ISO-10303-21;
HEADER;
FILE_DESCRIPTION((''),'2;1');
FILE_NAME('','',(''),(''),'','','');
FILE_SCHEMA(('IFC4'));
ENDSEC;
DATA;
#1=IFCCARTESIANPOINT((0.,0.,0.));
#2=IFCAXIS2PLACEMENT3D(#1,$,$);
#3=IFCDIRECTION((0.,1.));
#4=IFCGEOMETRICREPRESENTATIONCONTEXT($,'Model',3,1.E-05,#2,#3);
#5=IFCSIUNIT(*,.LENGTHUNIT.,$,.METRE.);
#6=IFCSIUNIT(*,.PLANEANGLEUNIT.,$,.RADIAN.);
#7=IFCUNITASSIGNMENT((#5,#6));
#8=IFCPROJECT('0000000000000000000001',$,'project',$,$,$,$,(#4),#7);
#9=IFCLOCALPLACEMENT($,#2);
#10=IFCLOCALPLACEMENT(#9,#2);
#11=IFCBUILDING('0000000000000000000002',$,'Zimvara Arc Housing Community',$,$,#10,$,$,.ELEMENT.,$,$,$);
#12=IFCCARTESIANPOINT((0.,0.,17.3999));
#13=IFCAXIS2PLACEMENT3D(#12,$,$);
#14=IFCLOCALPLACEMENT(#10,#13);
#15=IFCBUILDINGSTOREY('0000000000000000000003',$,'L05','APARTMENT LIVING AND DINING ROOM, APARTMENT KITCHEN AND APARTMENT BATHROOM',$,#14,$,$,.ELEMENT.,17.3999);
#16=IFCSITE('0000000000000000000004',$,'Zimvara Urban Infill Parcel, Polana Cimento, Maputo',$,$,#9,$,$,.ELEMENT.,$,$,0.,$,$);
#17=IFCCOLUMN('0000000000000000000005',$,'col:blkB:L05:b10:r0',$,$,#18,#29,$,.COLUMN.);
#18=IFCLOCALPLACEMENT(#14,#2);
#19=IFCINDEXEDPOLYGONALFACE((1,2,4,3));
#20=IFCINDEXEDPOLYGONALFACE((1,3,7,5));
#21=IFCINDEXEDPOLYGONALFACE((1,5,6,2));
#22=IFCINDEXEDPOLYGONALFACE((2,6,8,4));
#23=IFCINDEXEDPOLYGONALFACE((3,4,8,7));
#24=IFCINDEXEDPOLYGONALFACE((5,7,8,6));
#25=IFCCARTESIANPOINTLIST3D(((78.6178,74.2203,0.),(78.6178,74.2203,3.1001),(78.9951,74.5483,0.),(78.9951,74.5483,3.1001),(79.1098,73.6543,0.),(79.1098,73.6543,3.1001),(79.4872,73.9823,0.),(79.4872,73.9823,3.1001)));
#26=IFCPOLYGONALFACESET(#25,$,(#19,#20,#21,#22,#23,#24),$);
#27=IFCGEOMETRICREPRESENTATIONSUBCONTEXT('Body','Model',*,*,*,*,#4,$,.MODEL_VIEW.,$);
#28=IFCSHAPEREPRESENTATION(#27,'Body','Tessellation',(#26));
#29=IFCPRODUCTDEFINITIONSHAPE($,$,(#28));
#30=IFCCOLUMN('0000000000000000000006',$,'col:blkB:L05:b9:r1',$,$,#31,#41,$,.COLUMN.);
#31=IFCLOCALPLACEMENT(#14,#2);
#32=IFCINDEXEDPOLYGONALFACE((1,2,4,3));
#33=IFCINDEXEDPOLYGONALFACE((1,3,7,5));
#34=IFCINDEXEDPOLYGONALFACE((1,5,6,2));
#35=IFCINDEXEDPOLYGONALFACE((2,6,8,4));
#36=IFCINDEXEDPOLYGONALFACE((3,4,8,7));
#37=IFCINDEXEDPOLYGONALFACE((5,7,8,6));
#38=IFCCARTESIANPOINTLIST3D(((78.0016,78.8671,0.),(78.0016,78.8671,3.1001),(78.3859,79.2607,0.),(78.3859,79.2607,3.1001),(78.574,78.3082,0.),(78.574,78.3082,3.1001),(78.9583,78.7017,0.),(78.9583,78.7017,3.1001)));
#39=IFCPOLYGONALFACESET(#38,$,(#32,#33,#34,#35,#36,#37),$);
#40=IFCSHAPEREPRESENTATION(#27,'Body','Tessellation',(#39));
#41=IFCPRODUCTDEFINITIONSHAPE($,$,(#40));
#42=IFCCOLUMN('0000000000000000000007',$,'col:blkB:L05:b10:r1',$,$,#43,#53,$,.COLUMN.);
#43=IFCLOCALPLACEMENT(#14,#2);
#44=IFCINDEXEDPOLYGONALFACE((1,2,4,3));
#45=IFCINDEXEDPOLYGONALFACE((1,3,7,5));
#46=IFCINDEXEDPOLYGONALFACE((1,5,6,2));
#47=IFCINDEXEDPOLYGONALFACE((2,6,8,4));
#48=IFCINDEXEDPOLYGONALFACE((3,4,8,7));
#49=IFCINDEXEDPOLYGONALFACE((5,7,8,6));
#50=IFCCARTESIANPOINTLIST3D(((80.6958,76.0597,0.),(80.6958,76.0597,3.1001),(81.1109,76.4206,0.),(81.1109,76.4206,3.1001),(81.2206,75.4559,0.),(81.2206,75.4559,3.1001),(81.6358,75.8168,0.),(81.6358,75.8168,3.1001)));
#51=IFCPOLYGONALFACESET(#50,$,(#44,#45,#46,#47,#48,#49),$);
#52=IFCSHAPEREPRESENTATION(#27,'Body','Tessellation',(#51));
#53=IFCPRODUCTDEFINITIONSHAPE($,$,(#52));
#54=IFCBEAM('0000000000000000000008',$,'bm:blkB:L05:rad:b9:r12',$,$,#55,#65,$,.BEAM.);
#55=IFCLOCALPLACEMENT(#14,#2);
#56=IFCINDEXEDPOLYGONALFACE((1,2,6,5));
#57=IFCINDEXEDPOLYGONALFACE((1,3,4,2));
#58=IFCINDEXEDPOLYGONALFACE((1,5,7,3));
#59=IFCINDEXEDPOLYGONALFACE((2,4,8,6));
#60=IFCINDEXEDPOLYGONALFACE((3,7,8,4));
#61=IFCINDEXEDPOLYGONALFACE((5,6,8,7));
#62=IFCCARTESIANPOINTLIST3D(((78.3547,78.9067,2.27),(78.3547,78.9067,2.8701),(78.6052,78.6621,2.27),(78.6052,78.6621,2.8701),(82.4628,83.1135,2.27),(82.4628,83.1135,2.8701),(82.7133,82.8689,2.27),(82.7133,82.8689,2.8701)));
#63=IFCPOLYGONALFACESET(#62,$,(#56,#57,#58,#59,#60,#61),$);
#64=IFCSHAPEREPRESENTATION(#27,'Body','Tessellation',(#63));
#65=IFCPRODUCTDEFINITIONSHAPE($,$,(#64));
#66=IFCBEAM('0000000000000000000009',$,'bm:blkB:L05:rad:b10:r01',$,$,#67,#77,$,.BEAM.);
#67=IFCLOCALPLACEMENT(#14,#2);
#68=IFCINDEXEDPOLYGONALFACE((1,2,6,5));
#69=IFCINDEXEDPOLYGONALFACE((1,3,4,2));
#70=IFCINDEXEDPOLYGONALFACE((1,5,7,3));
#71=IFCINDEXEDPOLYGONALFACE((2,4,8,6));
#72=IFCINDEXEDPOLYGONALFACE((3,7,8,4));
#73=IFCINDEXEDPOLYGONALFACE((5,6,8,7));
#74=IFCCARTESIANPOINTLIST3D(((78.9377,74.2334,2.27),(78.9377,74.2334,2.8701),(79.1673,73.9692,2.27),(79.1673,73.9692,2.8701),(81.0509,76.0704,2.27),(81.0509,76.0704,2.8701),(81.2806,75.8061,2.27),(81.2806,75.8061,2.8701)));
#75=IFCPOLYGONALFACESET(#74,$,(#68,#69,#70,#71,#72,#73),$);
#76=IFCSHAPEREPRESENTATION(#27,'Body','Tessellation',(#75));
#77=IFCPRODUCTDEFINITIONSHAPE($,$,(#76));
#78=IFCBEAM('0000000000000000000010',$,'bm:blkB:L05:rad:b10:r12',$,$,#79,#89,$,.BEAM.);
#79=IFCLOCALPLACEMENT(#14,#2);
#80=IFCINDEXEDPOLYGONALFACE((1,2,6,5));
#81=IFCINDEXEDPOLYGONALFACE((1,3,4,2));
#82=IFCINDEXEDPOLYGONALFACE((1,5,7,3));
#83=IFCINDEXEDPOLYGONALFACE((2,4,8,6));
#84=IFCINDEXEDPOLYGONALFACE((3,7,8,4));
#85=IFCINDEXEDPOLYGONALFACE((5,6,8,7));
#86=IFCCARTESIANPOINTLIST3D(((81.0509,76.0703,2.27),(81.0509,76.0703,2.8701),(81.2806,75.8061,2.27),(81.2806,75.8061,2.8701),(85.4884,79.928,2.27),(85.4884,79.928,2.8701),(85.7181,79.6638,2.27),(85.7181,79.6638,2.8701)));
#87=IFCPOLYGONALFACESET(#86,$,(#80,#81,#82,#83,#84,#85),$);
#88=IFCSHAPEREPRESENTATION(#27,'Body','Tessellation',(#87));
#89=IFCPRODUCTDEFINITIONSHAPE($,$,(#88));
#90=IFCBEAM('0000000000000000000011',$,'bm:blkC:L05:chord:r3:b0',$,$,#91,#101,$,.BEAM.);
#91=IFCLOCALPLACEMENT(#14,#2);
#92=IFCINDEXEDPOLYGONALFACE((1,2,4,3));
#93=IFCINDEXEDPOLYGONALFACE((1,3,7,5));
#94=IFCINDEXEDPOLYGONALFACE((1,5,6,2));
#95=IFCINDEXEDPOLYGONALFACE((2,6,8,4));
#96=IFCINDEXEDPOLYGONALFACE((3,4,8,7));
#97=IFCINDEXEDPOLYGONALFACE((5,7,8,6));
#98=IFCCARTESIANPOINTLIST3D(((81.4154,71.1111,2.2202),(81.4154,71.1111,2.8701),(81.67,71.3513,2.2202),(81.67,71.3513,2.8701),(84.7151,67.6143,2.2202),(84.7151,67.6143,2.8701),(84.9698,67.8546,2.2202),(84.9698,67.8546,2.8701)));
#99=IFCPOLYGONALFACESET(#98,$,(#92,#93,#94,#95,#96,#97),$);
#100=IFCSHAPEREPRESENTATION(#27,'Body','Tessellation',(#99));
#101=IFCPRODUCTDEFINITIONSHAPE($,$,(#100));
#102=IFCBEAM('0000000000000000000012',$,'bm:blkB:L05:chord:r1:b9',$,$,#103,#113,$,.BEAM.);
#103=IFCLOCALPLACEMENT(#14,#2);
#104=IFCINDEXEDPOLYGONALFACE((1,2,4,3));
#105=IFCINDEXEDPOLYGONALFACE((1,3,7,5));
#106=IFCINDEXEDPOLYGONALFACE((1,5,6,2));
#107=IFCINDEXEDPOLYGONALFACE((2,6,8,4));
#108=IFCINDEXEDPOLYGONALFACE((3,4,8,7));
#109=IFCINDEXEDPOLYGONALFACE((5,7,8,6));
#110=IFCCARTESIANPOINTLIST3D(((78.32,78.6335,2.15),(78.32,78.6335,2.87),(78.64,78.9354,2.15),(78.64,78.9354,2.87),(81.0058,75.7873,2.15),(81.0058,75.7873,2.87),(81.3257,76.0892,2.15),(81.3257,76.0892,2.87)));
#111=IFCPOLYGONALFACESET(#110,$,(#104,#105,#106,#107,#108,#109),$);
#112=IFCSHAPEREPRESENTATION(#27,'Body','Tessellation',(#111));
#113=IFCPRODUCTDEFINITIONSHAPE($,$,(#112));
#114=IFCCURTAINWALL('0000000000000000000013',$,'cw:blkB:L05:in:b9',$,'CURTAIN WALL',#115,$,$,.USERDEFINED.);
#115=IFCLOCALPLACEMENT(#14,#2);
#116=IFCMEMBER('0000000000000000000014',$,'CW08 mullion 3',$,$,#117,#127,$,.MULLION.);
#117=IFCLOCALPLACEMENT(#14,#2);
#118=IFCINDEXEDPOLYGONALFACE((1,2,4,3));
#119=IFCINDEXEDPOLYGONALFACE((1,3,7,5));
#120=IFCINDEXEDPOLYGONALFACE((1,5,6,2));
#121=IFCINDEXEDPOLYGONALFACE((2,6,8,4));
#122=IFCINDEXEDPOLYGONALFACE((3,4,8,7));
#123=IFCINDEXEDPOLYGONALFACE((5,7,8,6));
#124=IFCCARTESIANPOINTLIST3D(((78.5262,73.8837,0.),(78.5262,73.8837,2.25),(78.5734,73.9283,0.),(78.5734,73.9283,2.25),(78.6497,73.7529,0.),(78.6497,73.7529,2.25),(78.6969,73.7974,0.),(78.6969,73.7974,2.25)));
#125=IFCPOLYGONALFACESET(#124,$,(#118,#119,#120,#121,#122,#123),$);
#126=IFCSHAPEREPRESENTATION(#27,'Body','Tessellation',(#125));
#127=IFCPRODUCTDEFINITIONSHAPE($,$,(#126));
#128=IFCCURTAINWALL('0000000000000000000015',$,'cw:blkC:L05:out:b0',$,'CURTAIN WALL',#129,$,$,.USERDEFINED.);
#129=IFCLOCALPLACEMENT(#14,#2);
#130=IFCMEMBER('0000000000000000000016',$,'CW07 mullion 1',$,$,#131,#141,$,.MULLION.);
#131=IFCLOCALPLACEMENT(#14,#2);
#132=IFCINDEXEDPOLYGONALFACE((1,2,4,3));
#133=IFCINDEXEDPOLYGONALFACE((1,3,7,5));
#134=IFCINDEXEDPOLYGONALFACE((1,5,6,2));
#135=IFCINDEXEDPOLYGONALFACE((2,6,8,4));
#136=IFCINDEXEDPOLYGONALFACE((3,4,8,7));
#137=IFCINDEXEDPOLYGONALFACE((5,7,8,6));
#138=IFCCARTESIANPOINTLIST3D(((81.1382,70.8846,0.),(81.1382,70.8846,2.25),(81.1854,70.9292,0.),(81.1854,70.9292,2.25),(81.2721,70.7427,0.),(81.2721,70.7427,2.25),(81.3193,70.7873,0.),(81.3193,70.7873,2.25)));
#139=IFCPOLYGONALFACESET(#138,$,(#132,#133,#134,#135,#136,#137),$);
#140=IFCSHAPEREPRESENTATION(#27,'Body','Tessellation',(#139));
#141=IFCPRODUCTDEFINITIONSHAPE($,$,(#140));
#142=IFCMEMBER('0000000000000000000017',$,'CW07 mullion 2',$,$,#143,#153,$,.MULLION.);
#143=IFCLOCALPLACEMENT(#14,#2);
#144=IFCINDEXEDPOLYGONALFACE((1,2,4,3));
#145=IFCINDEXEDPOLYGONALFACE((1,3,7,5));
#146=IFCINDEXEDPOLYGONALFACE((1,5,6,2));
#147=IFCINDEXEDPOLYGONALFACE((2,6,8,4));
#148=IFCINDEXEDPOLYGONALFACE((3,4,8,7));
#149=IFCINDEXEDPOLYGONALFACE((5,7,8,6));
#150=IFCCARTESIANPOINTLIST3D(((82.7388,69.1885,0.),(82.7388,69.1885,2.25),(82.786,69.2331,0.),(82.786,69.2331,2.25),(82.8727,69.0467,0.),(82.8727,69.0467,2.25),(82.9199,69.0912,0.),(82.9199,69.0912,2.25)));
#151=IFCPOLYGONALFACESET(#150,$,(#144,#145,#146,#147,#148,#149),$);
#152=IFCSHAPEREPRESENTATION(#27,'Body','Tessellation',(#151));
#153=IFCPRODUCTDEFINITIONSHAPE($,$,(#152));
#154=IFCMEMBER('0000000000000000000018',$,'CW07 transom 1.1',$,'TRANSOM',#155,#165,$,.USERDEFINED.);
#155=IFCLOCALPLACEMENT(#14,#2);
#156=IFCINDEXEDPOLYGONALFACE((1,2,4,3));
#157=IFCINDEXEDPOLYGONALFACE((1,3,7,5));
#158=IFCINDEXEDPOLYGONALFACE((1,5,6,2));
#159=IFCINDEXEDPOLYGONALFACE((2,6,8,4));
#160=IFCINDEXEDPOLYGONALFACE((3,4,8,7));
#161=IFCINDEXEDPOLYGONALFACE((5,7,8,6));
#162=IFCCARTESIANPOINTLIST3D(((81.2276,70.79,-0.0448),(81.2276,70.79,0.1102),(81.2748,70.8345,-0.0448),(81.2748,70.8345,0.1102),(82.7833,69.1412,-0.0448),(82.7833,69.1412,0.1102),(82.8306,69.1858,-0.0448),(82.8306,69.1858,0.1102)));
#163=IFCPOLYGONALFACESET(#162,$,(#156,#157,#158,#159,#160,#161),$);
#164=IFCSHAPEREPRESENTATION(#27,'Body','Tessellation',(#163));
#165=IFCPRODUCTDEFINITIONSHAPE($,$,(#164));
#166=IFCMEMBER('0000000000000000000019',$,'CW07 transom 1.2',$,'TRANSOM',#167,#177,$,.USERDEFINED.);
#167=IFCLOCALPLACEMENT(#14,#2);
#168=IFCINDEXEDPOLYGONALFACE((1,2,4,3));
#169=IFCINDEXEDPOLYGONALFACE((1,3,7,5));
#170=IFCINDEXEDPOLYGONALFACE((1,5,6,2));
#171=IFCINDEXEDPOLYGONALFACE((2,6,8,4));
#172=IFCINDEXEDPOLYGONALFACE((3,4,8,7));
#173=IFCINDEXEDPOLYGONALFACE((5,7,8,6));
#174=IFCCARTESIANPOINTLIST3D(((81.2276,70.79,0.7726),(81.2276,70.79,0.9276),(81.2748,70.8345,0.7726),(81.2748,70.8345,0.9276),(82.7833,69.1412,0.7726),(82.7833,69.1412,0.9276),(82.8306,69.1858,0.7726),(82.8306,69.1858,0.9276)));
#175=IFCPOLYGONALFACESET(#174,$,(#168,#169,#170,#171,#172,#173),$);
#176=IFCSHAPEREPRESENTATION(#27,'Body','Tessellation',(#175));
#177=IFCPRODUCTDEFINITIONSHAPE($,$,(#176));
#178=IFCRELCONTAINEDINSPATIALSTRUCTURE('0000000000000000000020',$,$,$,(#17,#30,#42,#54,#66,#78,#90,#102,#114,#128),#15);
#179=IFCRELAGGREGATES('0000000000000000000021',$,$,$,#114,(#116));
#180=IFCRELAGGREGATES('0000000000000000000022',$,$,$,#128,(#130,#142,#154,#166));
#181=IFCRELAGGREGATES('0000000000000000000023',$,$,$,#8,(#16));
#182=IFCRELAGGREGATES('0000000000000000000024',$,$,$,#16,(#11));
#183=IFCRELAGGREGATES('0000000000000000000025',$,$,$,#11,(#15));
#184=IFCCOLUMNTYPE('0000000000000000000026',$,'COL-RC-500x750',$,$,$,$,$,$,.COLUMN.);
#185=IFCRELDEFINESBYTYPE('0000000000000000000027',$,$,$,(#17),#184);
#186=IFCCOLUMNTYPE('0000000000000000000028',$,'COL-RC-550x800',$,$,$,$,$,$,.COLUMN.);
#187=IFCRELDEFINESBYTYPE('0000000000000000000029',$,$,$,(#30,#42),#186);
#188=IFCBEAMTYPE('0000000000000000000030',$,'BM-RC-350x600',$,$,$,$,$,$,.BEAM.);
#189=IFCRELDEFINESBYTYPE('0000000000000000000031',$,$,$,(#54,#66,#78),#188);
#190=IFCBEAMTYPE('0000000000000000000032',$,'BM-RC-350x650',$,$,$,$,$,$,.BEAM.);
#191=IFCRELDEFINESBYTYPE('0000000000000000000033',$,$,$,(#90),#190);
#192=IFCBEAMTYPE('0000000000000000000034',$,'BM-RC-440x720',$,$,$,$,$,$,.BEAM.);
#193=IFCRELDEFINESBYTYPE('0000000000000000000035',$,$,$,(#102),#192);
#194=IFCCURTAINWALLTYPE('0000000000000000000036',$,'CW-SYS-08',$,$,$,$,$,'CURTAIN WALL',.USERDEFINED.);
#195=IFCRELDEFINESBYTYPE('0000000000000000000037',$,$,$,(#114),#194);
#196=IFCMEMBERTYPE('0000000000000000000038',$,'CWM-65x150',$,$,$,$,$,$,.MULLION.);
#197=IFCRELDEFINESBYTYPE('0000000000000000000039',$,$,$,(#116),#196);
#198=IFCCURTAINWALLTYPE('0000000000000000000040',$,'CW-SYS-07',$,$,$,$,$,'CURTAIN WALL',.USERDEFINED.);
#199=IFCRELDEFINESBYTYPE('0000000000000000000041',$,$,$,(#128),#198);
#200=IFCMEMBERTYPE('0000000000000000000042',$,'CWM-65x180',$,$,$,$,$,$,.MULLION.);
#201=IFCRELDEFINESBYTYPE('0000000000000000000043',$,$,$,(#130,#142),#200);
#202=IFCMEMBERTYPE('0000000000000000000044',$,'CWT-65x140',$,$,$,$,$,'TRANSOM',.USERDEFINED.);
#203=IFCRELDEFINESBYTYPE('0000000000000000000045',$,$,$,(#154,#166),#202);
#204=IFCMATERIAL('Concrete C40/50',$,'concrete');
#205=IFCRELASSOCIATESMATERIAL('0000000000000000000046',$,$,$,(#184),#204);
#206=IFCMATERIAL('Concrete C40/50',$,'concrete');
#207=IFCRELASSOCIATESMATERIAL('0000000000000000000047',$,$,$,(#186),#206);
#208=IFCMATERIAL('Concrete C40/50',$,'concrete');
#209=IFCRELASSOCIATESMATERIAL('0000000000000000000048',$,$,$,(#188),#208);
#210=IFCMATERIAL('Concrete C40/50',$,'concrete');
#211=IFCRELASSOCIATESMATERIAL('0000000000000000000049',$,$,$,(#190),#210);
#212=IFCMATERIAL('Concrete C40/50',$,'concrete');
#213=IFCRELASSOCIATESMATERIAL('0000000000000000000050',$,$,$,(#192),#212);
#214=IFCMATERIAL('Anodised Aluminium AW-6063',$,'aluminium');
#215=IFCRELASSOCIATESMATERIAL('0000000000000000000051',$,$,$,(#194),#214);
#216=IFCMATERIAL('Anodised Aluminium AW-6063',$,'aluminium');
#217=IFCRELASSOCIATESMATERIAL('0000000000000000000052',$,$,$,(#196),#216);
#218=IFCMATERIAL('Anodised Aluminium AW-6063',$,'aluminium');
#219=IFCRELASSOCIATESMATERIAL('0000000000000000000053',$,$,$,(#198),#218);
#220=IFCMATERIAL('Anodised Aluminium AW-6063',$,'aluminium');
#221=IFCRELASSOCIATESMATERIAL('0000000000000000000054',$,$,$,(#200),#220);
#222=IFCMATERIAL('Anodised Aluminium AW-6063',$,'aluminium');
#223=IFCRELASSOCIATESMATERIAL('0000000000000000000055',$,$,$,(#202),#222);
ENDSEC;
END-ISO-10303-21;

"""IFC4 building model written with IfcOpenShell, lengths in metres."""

from ifc_helpers import new_model, si_unit, direction, frame, origin, origin_2d, place, context, subcontext, project, spatial, rectangle, extrude, material, material_profile, profile_set, type_object, element, aggregate, save


model = new_model("IFC4")

# Units and contexts
model_context = context("Model", 3, precision=1e-05, world=origin(), true_north=direction((0.0, 1.0)))
body_context = subcontext(model_context, "Body", "Model", "MODEL_VIEW")
ifc_project = project(units=[si_unit("LENGTHUNIT", "METRE"), si_unit("PLANEANGLEUNIT", "RADIAN")], contexts=[model_context])

# Site, building, storey
site_placement = place(None, origin())
site = spatial("IfcSite", under=ifc_project, at=site_placement, Name="Zimvara Urban Infill Parcel, Polana Cimento, Maputo", CompositionType="ELEMENT", RefElevation=0.0)
building_placement = place(site_placement, origin())
building = spatial("IfcBuilding", under=site, at=building_placement, Name="Zimvara Arc Housing Community", CompositionType="ELEMENT")
storey_placement = place(building_placement, frame((0.0, 0.0, 17.3999)))
storey = spatial("IfcBuildingStorey", under=building, at=storey_placement, Name="L05", Description="APARTMENT LIVING AND DINING ROOM, APARTMENT KITCHEN AND APARTMENT BATHROOM", CompositionType="ELEMENT", Elevation=17.3999)

# Columns
ifc_material_1 = material(Name="Concrete C40/50", Category="concrete")
ifc_material_profile_1 = material_profile(ifc_material_1, rectangle(XDim=0.5, YDim=0.75, at=origin_2d()), Name="RC 500x750")
ifc_profile_set_1 = profile_set([ifc_material_profile_1], Name="Concrete C40/50")
column_type_1 = type_object("IfcColumnType", Name="COL-RC-500x750", PredefinedType="COLUMN", material=ifc_profile_set_1)
column_1_placement = place(storey_placement, frame((79.0525, 74.1013, 0.0), z_axis=(0.0, 0.0, 1.0), x_axis=(0.75471, 0.656059, 0.0)))
element("IfcColumn", 1, at=column_1_placement, inside=storey, type_object=column_type_1, Name="col:blkB:L05:b10:r0", PredefinedType="COLUMN", context=body_context, shape_type="SweptSolid", body=[
    extrude(rectangle(XDim=0.5, YDim=0.75, at=origin_2d()), origin(), (0.0, 0.0, 1.0), 3.1001),
])
ifc_material_2 = material(Name="Concrete C40/50", Category="concrete")
ifc_material_profile_2 = material_profile(ifc_material_2, rectangle(XDim=0.55, YDim=0.8, at=origin_2d()), Name="RC 550x800")
ifc_profile_set_2 = profile_set([ifc_material_profile_2], Name="Concrete C40/50")
column_type_2 = type_object("IfcColumnType", Name="COL-RC-550x800", PredefinedType="COLUMN", material=ifc_profile_set_2)
for number, where, z_axis, x_axis, name in (
    (2, (78.48, 78.7844, 0.0), (0.0, 0.0, 1.0), (0.698665, 0.715449, 0.0), "col:blkB:L05:b9:r1"),
    (3, (81.1658, 75.9382, 0.0), (0.0, 0.0, 1.0), (0.75471, 0.656059, 0.0), "col:blkB:L05:b10:r1"),
):
    element("IfcColumn", number, at=place(storey_placement, frame(where, z_axis=z_axis, x_axis=x_axis)), inside=storey, type_object=column_type_2, Name=name, PredefinedType="COLUMN", context=body_context, shape_type="SweptSolid", body=[
        extrude(rectangle(XDim=0.55, YDim=0.8, at=origin_2d()), origin(), (0.0, 0.0, 1.0), 3.1001),
    ])

# Beams
ifc_material_3 = material(Name="Concrete C40/50", Category="concrete")
ifc_material_profile_3 = material_profile(ifc_material_3, rectangle(XDim=0.3501, YDim=0.6001, at=origin_2d()), Name="RC 350x600")
ifc_profile_set_3 = profile_set([ifc_material_profile_3], Name="Concrete C40/50")
beam_type_1 = type_object("IfcBeamType", Name="BM-RC-350x600", PredefinedType="BEAM", material=ifc_profile_set_3)
beam_1_placement = place(storey_placement, frame((78.48, 78.7844, 2.5701), z_axis=(0.69867, 0.715444, 0.0), x_axis=(-0.715444, 0.69867, 0.0)))
element("IfcBeam", 4, at=beam_1_placement, inside=storey, type_object=beam_type_1, Name="bm:blkB:L05:rad:b9:r12", PredefinedType="BEAM", context=body_context, shape_type="SweptSolid", body=[
    extrude(rectangle(XDim=0.3501, YDim=0.6001, at=origin_2d()), origin(), (0.0, 0.0, 1.0), 5.8799),
])
beam_2_placement = place(storey_placement, frame((79.0525, 74.1013, 2.5701), z_axis=(0.754733, 0.656032, 0.0), x_axis=(-0.656032, 0.754733, 0.0)))
element("IfcBeam", 5, at=beam_2_placement, inside=storey, type_object=beam_type_1, Name="bm:blkB:L05:rad:b10:r01", PredefinedType="BEAM", context=body_context, shape_type="SweptSolid", body=[
    extrude(rectangle(XDim=0.3501, YDim=0.6001, at=origin_2d()), origin(), (0.0, 0.0, 1.0), 2.8),
])
beam_3_placement = place(storey_placement, frame((81.1658, 75.9382, 2.5701), z_axis=(0.754692, 0.656079, 0.0), x_axis=(-0.656079, 0.754692, 0.0)))
element("IfcBeam", 6, at=beam_3_placement, inside=storey, type_object=beam_type_1, Name="bm:blkB:L05:rad:b10:r12", PredefinedType="BEAM", context=body_context, shape_type="SweptSolid", body=[
    extrude(rectangle(XDim=0.3501, YDim=0.6001, at=origin_2d()), origin(), (0.0, 0.0, 1.0), 5.8799),
])
ifc_material_4 = material(Name="Concrete C40/50", Category="concrete")
ifc_material_profile_4 = material_profile(ifc_material_4, rectangle(XDim=0.3501, YDim=0.6499, at=origin_2d()), Name="RC 350x650")
ifc_profile_set_4 = profile_set([ifc_material_profile_4], Name="Concrete C40/50")
beam_type_2 = type_object("IfcBeamType", Name="BM-RC-350x650", PredefinedType="BEAM", material=ifc_profile_set_4)
beam_4_placement = place(storey_placement, frame((81.5427, 71.2312, 2.5452), z_axis=(0.686321, -0.727299, 0.0), x_axis=(0.727299, 0.686321, 0.0)))
element("IfcBeam", 7, at=beam_4_placement, inside=storey, type_object=beam_type_2, Name="bm:blkC:L05:chord:r3:b0", PredefinedType="BEAM", context=body_context, shape_type="SweptSolid", body=[
    extrude(rectangle(XDim=0.3501, YDim=0.6499, at=origin_2d()), origin(), (0.0, 0.0, 1.0), 4.8079),
])
ifc_material_5 = material(Name="Concrete C40/50", Category="concrete")
ifc_material_profile_5 = material_profile(ifc_material_5, rectangle(XDim=0.4399, YDim=0.72, at=origin_2d()), Name="RC 440x720")
ifc_profile_set_5 = profile_set([ifc_material_profile_5], Name="Concrete C40/50")
beam_type_3 = type_object("IfcBeamType", Name="BM-RC-440x720", PredefinedType="BEAM", material=ifc_profile_set_5)
beam_5_placement = place(storey_placement, frame((78.48, 78.7844, 2.51), z_axis=(0.686316, -0.727304, 0.0), x_axis=(0.727304, 0.686316, 0.0)))
element("IfcBeam", 8, at=beam_5_placement, inside=storey, type_object=beam_type_3, Name="bm:blkB:L05:chord:r1:b9", PredefinedType="BEAM", context=body_context, shape_type="SweptSolid", body=[
    extrude(rectangle(XDim=0.4399, YDim=0.72, at=origin_2d()), origin(), (0.0, 0.0, 1.0), 3.9133),
])

# Curtain wall, member
ifc_material_6 = material(Name="Anodised Aluminium AW-6063", Category="aluminium")
curtain_wall_type_1 = type_object("IfcCurtainWallType", Name="CW-SYS-08", ElementType="CURTAIN WALL", PredefinedType="USERDEFINED", material=ifc_material_6)
curtain_wall_1_placement = place(storey_placement, origin())
curtain_wall_1 = element("IfcCurtainWall", 9, at=curtain_wall_1_placement, inside=storey, type_object=curtain_wall_type_1, Name="cw:blkB:L05:in:b9", ObjectType="CURTAIN WALL", PredefinedType="USERDEFINED")
ifc_material_7 = material(Name="Anodised Aluminium AW-6063", Category="aluminium")
ifc_material_profile_6 = material_profile(ifc_material_7, rectangle(XDim=0.0649, YDim=0.1799, at=origin_2d()), Name="ALU 65x180")
ifc_profile_set_6 = profile_set([ifc_material_profile_6], Name="Anodised Aluminium AW-6063")
member_type_1 = type_object("IfcMemberType", Name="CWM-65x150", PredefinedType="MULLION", material=ifc_profile_set_6)
member_1_placement = place(storey_placement, frame((78.6116, 73.8406, 0.0), z_axis=(0.0, 0.0, 1.0), x_axis=(0.727293, 0.686327, 0.0)))
member_1 = element("IfcMember", 10, at=member_1_placement, type_object=member_type_1, Name="CW08 mullion 3", PredefinedType="MULLION", context=body_context, shape_type="SweptSolid", body=[
    extrude(rectangle(XDim=0.0649, YDim=0.1799, at=origin_2d()), origin(), (0.0, 0.0, 1.0), 2.25),
])

# Curtain wall, members
ifc_material_8 = material(Name="Anodised Aluminium AW-6063", Category="aluminium")
curtain_wall_type_2 = type_object("IfcCurtainWallType", Name="CW-SYS-07", ElementType="CURTAIN WALL", PredefinedType="USERDEFINED", material=ifc_material_8)
curtain_wall_2_placement = place(storey_placement, origin())
curtain_wall_2 = element("IfcCurtainWall", 11, at=curtain_wall_2_placement, inside=storey, type_object=curtain_wall_type_2, Name="cw:blkC:L05:out:b0", ObjectType="CURTAIN WALL", PredefinedType="USERDEFINED")
ifc_material_9 = material(Name="Anodised Aluminium AW-6063", Category="aluminium")
ifc_material_profile_7 = material_profile(ifc_material_9, rectangle(XDim=0.0649, YDim=0.1951, at=origin_2d()), Name="ALU 65x195")
ifc_profile_set_7 = profile_set([ifc_material_profile_7], Name="Anodised Aluminium AW-6063")
member_type_2 = type_object("IfcMemberType", Name="CWM-65x180", PredefinedType="MULLION", material=ifc_profile_set_7)
member_2_placement = place(storey_placement, frame((81.2288, 70.8359, 0.0), z_axis=(0.0, 0.0, 1.0), x_axis=(0.727294, 0.686326, 0.0)))
member_2 = element("IfcMember", 12, at=member_2_placement, type_object=member_type_2, Name="CW07 mullion 1", PredefinedType="MULLION", context=body_context, shape_type="SweptSolid", body=[
    extrude(rectangle(XDim=0.0649, YDim=0.1951, at=origin_2d()), origin(), (0.0, 0.0, 1.0), 2.25),
])
member_3_placement = place(storey_placement, frame((82.8293, 69.1399, 0.0), z_axis=(0.0, 0.0, 1.0), x_axis=(0.727294, 0.686326, 0.0)))
member_3 = element("IfcMember", 13, at=member_3_placement, type_object=member_type_2, Name="CW07 mullion 2", PredefinedType="MULLION", context=body_context, shape_type="SweptSolid", body=[
    extrude(rectangle(XDim=0.0649, YDim=0.1951, at=origin_2d()), origin(), (0.0, 0.0, 1.0), 2.25),
])
ifc_material_10 = material(Name="Anodised Aluminium AW-6063", Category="aluminium")
ifc_material_profile_8 = material_profile(ifc_material_10, rectangle(XDim=0.0649, YDim=0.155, at=origin_2d()), Name="ALU 65x155")
ifc_profile_set_8 = profile_set([ifc_material_profile_8], Name="Anodised Aluminium AW-6063")
member_type_3 = type_object("IfcMemberType", Name="CWT-65x140", ElementType="TRANSOM", PredefinedType="USERDEFINED", material=ifc_profile_set_8)
member_4_placement = place(storey_placement, frame((81.2512, 70.8123, 0.0327), z_axis=(0.686291, -0.727327, 0.0), x_axis=(0.727327, 0.686291, 0.0)))
member_4 = element("IfcMember", 14, at=member_4_placement, type_object=member_type_3, Name="CW07 transom 1.1", ObjectType="TRANSOM", PredefinedType="USERDEFINED", context=body_context, shape_type="SweptSolid", body=[
    extrude(rectangle(XDim=0.0649, YDim=0.155, at=origin_2d()), origin(), (0.0, 0.0, 1.0), 2.2668),
])
member_5_placement = place(storey_placement, frame((81.2512, 70.8123, 0.8501), z_axis=(0.686291, -0.727327, 0.0), x_axis=(0.727327, 0.686291, 0.0)))
member_5 = element("IfcMember", 15, at=member_5_placement, type_object=member_type_3, Name="CW07 transom 1.2", ObjectType="TRANSOM", PredefinedType="USERDEFINED", context=body_context, shape_type="SweptSolid", body=[
    extrude(rectangle(XDim=0.0649, YDim=0.155, at=origin_2d()), origin(), (0.0, 0.0, 1.0), 2.2668),
])

aggregate(curtain_wall_1, [member_1])
aggregate(curtain_wall_2, [member_2, member_3, member_4, member_5])

save(model, "model.ifc")
